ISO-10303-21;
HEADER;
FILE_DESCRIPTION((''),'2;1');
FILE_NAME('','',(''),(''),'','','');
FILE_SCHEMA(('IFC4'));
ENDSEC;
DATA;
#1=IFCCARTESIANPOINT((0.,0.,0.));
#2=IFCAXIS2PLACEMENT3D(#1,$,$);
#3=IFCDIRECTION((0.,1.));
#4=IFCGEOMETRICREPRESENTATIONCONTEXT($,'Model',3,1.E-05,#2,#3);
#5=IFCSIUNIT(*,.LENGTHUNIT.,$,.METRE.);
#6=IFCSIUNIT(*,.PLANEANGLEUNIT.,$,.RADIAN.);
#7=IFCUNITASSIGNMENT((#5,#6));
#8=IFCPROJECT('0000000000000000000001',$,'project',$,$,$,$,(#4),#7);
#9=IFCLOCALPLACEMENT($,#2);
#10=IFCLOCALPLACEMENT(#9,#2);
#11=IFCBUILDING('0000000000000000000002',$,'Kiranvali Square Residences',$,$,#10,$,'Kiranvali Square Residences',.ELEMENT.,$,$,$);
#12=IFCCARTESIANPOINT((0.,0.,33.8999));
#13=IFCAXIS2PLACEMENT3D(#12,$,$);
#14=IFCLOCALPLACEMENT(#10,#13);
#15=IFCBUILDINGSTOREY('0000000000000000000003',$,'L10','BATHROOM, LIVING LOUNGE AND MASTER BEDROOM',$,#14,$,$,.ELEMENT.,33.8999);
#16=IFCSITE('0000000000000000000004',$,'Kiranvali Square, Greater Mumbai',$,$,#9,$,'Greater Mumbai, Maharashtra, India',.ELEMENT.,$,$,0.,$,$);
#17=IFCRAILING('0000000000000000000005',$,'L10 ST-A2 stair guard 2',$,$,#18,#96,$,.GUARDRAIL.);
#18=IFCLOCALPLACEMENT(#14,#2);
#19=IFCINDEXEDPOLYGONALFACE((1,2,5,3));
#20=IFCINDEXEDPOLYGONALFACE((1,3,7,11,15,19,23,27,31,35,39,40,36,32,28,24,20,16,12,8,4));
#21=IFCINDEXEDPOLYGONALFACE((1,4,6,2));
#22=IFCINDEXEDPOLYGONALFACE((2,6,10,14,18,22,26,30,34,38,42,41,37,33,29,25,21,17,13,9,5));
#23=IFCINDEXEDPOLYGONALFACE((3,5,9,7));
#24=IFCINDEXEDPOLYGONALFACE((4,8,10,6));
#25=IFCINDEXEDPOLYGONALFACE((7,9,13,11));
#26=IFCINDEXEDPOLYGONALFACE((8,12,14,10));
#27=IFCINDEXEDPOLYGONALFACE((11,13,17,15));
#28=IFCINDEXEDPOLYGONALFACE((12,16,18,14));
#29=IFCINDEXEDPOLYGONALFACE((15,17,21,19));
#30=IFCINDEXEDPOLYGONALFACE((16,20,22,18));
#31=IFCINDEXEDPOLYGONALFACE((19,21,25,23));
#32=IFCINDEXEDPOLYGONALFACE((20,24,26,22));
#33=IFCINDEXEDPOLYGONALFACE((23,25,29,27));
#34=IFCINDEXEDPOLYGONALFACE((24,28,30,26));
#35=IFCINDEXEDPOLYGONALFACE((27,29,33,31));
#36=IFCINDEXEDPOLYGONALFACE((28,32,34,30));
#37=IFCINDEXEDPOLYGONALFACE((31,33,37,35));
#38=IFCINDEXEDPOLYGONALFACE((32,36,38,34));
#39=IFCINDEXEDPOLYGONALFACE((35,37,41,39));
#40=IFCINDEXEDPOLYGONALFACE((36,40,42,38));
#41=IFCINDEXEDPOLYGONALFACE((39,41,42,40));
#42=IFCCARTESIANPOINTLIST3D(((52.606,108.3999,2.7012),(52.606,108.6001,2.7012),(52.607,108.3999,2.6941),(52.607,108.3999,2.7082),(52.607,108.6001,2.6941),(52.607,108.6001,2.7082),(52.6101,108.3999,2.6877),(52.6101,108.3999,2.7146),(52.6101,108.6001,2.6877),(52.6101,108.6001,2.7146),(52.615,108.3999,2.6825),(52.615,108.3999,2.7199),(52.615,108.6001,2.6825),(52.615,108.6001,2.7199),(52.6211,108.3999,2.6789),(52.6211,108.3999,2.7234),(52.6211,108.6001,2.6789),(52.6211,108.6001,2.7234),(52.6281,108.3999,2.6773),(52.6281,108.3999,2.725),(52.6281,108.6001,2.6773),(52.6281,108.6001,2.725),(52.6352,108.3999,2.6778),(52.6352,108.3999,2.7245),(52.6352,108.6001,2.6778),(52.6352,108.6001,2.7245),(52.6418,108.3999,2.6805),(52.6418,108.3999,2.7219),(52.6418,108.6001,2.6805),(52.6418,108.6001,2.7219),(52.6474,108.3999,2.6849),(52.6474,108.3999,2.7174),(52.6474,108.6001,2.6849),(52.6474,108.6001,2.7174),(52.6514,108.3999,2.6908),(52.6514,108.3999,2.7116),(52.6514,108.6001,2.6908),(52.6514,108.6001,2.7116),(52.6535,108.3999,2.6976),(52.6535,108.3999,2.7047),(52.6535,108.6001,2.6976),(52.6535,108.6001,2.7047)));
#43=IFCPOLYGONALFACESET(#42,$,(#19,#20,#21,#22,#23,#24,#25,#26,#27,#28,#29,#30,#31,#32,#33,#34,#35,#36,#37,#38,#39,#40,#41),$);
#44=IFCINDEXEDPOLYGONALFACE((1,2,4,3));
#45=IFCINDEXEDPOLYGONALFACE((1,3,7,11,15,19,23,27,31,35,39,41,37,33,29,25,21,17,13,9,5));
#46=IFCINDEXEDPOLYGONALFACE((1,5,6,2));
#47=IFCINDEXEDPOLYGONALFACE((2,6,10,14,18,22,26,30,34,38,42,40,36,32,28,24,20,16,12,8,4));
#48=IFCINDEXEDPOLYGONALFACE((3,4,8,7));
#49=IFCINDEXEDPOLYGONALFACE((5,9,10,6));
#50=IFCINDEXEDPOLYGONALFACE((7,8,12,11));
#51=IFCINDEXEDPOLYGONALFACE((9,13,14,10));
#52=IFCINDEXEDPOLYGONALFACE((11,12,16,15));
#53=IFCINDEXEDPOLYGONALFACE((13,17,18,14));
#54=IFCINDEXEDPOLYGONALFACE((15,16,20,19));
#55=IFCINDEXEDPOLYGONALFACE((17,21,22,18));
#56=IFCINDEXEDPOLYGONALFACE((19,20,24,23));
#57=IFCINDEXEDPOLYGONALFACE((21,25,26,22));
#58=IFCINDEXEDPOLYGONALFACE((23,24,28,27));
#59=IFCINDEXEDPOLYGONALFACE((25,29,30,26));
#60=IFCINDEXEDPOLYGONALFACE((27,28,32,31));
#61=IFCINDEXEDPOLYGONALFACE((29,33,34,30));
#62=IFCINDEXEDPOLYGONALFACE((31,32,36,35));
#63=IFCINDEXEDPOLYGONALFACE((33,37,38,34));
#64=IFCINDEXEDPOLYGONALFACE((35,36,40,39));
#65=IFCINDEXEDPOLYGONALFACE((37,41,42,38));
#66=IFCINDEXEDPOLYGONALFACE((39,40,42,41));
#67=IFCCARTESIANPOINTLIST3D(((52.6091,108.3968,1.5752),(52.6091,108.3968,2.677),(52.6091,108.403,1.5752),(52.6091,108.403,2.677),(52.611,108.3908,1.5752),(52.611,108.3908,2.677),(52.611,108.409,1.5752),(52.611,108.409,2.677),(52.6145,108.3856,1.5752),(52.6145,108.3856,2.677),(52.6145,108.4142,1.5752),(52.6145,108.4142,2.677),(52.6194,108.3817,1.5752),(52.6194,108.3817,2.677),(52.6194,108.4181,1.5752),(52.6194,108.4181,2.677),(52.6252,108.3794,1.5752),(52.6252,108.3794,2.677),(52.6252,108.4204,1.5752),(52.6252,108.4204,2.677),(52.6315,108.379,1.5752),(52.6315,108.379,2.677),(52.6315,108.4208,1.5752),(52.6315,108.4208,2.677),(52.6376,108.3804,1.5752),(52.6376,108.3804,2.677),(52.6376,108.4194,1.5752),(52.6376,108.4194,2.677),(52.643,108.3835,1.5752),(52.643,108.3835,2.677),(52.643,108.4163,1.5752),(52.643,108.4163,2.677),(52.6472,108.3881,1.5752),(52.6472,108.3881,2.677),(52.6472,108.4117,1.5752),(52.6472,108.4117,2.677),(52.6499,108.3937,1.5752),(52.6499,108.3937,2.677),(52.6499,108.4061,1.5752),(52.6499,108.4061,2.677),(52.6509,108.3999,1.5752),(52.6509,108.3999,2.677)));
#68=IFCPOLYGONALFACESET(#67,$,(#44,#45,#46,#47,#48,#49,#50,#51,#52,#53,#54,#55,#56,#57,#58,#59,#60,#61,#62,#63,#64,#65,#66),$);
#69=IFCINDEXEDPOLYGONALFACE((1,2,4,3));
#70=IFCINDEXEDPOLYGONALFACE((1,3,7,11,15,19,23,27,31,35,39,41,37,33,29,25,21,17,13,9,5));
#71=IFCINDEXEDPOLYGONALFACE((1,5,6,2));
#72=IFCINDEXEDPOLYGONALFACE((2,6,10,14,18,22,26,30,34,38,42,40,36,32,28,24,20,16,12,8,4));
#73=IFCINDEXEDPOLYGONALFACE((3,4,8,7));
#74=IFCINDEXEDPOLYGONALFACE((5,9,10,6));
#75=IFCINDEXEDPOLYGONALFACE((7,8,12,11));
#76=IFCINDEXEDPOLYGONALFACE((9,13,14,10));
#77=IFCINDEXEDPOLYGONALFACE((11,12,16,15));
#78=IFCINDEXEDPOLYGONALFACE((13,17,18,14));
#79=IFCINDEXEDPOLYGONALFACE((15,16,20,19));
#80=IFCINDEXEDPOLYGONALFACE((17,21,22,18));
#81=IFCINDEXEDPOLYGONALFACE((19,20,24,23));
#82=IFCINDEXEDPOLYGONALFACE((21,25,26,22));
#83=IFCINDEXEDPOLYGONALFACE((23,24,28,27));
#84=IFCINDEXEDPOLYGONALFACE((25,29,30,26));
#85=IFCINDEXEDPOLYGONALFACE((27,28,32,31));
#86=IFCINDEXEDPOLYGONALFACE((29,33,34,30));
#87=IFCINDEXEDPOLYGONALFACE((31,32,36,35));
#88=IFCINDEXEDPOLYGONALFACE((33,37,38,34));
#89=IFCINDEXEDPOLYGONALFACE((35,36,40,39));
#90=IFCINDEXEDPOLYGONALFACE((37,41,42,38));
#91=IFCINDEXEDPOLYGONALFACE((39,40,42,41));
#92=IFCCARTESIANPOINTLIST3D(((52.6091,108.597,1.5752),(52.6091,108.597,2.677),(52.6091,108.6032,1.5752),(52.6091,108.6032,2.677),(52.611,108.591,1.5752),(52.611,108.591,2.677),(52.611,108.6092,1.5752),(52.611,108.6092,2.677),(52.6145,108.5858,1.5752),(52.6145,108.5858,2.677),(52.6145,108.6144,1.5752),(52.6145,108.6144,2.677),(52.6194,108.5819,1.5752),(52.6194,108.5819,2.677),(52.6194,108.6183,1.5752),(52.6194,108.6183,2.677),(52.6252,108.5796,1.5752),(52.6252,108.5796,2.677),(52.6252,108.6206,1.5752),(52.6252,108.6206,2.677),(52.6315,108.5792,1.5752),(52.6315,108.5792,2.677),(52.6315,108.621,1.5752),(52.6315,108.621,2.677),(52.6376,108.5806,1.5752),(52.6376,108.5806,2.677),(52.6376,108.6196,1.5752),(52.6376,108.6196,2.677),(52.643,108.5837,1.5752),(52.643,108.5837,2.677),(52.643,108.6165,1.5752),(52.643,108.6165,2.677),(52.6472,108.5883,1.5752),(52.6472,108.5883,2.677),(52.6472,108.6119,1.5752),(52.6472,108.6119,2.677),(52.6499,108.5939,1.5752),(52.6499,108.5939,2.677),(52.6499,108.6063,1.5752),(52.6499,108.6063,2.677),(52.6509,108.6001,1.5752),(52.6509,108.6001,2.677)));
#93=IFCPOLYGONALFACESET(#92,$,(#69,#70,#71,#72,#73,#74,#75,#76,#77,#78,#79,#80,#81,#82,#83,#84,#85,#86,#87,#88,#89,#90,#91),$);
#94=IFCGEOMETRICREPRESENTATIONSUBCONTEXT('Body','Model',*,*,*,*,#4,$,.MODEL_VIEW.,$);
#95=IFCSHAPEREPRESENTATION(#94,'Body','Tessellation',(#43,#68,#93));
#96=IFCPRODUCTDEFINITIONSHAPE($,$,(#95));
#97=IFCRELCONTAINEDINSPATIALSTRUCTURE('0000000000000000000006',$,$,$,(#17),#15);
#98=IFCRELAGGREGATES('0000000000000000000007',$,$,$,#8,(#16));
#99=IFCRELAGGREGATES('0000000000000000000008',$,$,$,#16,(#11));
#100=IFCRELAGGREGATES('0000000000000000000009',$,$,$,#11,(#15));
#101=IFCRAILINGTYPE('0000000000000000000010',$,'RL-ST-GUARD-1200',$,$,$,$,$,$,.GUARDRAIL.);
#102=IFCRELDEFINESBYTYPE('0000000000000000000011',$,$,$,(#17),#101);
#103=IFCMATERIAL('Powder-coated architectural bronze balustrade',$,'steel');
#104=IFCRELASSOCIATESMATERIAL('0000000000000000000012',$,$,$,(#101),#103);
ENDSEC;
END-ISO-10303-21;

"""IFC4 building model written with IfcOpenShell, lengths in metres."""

from ifc_helpers import new_model, si_unit, direction, frame, origin, origin_2d, place, context, subcontext, project, spatial, circle, extrude, material, type_object, element, save


model = new_model("IFC4")

# Units and contexts
model_context = context("Model", 3, precision=1e-05, world=origin(), true_north=direction((0.0, 1.0)))
body_context = subcontext(model_context, "Body", "Model", "MODEL_VIEW")
ifc_project = project(units=[si_unit("LENGTHUNIT", "METRE"), si_unit("PLANEANGLEUNIT", "RADIAN")], contexts=[model_context])

# Site, building, storey
site_placement = place(None, origin())
site = spatial("IfcSite", under=ifc_project, at=site_placement, Name="Kiranvali Square, Greater Mumbai", LongName="Greater Mumbai, Maharashtra, India", CompositionType="ELEMENT", RefElevation=0.0)
building_placement = place(site_placement, origin())
building = spatial("IfcBuilding", under=site, at=building_placement, Name="Kiranvali Square Residences", LongName="Kiranvali Square Residences", CompositionType="ELEMENT")
storey_placement = place(building_placement, frame((0.0, 0.0, 33.8999)))
storey = spatial("IfcBuildingStorey", under=building, at=storey_placement, Name="L10", Description="BATHROOM, LIVING LOUNGE AND MASTER BEDROOM", CompositionType="ELEMENT", Elevation=33.8999)

# Railing
ifc_material_1 = material(Name="Powder-coated architectural bronze balustrade", Category="steel")
railing_type_1 = type_object("IfcRailingType", Name="RL-ST-GUARD-1200", PredefinedType="GUARDRAIL", material=ifc_material_1)
railing_1_placement = place(storey_placement, frame((52.6299, 108.3999, 1.5752)))
element("IfcRailing", 1, at=railing_1_placement, inside=storey, type_object=railing_type_1, Name="L10 ST-A2 stair guard 2", PredefinedType="GUARDRAIL", context=body_context, shape_type="SweptSolid", body=[
    extrude(circle(Radius=0.0239, at=origin_2d()), frame((0.0, 0.0, 1.126), z_axis=(0.0, 1.0, 0.0), x_axis=(-1.0, 0.0, 0.0)), (0.0, 0.0, 1.0), 0.2002),
    extrude(circle(Radius=0.021, at=origin_2d()), origin(), (0.0, 0.0, 1.0), 1.1018),
    extrude(circle(Radius=0.021, at=origin_2d()), frame((0.0, 0.2002, 0.0)), (0.0, 0.0, 1.0), 1.1018),
])

save(model, "model.ifc")
